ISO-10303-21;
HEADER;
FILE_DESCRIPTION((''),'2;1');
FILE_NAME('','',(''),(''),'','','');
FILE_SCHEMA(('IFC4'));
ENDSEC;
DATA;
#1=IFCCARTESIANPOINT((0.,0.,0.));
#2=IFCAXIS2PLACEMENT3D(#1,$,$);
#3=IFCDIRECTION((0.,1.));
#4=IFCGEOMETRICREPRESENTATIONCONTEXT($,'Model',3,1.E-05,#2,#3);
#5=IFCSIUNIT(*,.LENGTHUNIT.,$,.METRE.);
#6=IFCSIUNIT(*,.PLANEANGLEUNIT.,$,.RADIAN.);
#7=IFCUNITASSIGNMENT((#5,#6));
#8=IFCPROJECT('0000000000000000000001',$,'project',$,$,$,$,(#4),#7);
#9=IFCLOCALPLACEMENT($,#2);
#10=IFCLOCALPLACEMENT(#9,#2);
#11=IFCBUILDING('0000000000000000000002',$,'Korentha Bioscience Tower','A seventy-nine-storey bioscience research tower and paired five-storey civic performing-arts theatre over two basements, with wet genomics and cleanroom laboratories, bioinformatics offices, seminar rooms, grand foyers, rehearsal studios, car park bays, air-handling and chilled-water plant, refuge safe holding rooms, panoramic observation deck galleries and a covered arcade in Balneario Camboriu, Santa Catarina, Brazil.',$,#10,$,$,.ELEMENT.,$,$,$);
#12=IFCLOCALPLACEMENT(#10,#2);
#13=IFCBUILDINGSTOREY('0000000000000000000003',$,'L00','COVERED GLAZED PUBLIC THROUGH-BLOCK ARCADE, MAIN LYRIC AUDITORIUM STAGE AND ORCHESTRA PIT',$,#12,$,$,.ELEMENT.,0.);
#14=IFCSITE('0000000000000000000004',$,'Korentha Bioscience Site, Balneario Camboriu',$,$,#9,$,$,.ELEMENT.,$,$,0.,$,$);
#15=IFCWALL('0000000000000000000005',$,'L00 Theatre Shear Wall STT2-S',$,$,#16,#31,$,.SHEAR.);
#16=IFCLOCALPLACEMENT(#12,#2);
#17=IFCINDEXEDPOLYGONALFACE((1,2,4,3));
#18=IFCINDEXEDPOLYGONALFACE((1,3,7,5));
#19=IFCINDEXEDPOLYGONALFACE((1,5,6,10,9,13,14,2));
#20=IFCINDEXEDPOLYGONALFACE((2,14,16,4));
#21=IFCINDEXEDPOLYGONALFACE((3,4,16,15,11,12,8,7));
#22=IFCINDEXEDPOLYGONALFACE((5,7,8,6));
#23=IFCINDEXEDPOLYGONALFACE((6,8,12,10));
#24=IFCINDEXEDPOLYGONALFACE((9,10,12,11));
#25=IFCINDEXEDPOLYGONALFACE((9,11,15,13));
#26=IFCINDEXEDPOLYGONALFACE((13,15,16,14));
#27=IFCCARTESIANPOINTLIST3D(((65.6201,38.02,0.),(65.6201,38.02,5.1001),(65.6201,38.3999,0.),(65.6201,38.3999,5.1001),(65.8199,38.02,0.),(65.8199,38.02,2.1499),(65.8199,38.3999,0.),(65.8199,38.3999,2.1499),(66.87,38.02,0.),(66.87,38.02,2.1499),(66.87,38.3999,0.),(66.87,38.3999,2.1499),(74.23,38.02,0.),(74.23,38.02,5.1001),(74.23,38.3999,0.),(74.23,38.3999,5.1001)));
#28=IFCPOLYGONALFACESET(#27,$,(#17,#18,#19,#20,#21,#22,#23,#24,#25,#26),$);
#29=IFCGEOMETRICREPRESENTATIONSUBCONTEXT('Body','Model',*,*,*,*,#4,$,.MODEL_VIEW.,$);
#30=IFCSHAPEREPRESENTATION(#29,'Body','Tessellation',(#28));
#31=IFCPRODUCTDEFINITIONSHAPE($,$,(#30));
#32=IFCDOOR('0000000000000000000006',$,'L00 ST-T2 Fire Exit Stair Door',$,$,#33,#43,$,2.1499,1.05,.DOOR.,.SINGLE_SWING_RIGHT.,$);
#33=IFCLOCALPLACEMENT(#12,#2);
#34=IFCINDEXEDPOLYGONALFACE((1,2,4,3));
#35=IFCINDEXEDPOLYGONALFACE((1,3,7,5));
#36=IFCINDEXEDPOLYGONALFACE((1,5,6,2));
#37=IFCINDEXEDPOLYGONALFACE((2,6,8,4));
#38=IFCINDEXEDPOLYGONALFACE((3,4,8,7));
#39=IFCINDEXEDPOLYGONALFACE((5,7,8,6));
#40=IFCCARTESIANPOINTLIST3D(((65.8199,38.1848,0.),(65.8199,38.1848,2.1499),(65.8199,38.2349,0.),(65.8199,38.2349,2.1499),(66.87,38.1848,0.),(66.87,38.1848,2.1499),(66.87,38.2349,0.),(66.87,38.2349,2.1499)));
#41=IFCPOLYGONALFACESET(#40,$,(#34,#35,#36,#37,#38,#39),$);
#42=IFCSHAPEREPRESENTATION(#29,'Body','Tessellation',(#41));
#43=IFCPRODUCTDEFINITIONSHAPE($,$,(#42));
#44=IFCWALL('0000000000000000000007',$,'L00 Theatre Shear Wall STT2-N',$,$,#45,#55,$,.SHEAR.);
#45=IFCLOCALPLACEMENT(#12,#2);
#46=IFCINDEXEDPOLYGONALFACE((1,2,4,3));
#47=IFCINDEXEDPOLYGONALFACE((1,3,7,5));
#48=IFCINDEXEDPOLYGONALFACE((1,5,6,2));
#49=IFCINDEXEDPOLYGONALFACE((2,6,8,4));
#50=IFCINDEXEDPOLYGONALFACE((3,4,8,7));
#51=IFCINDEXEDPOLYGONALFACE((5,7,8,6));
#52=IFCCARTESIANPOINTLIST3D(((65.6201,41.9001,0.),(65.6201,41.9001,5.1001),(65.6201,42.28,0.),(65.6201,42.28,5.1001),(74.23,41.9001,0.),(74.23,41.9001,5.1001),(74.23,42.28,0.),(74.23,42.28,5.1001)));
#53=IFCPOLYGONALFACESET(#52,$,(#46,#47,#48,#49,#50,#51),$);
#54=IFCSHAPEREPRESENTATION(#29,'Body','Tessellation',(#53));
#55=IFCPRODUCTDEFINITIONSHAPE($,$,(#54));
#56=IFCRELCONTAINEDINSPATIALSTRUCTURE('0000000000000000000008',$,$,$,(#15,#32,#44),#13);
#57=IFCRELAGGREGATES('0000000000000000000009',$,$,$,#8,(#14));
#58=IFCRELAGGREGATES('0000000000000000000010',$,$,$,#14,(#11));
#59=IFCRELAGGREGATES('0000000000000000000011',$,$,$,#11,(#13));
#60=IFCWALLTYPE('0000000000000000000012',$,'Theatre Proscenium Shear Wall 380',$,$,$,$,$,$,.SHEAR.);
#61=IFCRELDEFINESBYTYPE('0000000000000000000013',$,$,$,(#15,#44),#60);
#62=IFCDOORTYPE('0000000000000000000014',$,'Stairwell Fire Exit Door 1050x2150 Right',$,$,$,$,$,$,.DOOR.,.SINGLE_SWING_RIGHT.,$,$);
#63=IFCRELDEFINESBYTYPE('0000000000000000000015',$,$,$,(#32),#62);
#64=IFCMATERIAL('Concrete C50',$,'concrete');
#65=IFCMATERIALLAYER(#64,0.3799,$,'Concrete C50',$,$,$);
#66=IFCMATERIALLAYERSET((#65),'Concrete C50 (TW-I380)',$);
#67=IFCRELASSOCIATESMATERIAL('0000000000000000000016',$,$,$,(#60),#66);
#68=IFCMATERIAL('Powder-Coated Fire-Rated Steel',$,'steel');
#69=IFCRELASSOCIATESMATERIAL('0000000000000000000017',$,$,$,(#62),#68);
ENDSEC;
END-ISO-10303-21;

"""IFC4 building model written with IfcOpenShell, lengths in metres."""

from ifc_helpers import new_model, si_unit, direction, frame, frame_2d, origin, place, context, subcontext, project, spatial, rectangle, extrude, material, layer, layer_set, type_object, element, fill, save


model = new_model("IFC4")

# Units and contexts
model_context = context("Model", 3, precision=1e-05, world=origin(), true_north=direction((0.0, 1.0)))
body_context = subcontext(model_context, "Body", "Model", "MODEL_VIEW")
ifc_project = project(units=[si_unit("LENGTHUNIT", "METRE"), si_unit("PLANEANGLEUNIT", "RADIAN")], contexts=[model_context])

# Site, building, storey
site_placement = place(None, origin())
site = spatial("IfcSite", under=ifc_project, at=site_placement, Name="Korentha Bioscience Site, Balneario Camboriu", CompositionType="ELEMENT", RefElevation=0.0)
building_placement = place(site_placement, origin())
building = spatial("IfcBuilding", under=site, at=building_placement, Name="Korentha Bioscience Tower", Description="A seventy-nine-storey bioscience research tower and paired five-storey civic performing-arts theatre over two basements, with wet genomics and cleanroom laboratories, bioinformatics offices, seminar rooms, grand foyers, rehearsal studios, car park bays, air-handling and chilled-water plant, refuge safe holding rooms, panoramic observation deck galleries and a covered arcade in Balneario Camboriu, Santa Catarina, Brazil.", CompositionType="ELEMENT")
storey_placement = place(building_placement, origin())
storey = spatial("IfcBuildingStorey", under=building, at=storey_placement, Name="L00", Description="COVERED GLAZED PUBLIC THROUGH-BLOCK ARCADE, MAIN LYRIC AUDITORIUM STAGE AND ORCHESTRA PIT", CompositionType="ELEMENT", Elevation=0.0)

# Wall, opening, door
ifc_material_1 = material(Name="Concrete C50", Category="concrete")
ifc_layer_1 = layer(ifc_material_1, 0.3799, Name="Concrete C50")
ifc_layer_set_1 = layer_set([ifc_layer_1], Name="Concrete C50 (TW-I380)")
wall_type_1 = type_object("IfcWallType", Name="Theatre Proscenium Shear Wall 380", PredefinedType="SHEAR", material=ifc_layer_set_1)
wall_1_placement = place(storey_placement, frame((65.6201, 38.21, 0.0), z_axis=(0.0, 0.0, 1.0), x_axis=(1.0, 0.0, 0.0)))
wall_1 = element("IfcWall", 1, at=wall_1_placement, inside=storey, type_object=wall_type_1, Name="L00 Theatre Shear Wall STT2-S", PredefinedType="SHEAR", context=body_context, shape_type="SweptSolid", body=[
    extrude(rectangle(XDim=8.6099, YDim=0.3799, at=frame_2d((4.3049, 0.0))), origin(), (0.0, 0.0, 1.0), 5.1001),
])
opening_1_placement = place(wall_1_placement, frame((0.2, 0.0, 0.0)))
opening_1 = element("IfcOpeningElement", 2, at=opening_1_placement, cuts=wall_1, PredefinedType="OPENING", context=body_context, shape_type="SweptSolid", body=[
    extrude(rectangle(XDim=1.05, YDim=2.1499, at=frame_2d((0.5249, 1.075))), frame((0.0, 0.2048, 0.0), z_axis=(0.0, -1.0, 0.0), x_axis=(1.0, 0.0, 0.0)), (0.0, 0.0, 1.0), 0.4097),
])
ifc_material_2 = material(Name="Powder-Coated Fire-Rated Steel", Category="steel")
door_type_1 = type_object("IfcDoorType", Name="Stairwell Fire Exit Door 1050x2150 Right", OperationType="SINGLE_SWING_RIGHT", PredefinedType="DOOR", material=ifc_material_2)
door_1_placement = place(opening_1_placement, origin())
door_1 = element("IfcDoor", 3, at=door_1_placement, inside=storey, type_object=door_type_1, Name="L00 ST-T2 Fire Exit Stair Door", OperationType="SINGLE_SWING_RIGHT", OverallHeight=2.1499, OverallWidth=1.05, PredefinedType="DOOR", context=body_context, shape_type="SweptSolid", body=[
    extrude(rectangle(XDim=1.05, YDim=2.1499, at=frame_2d((0.5249, 1.075))), frame((0.0, 0.0249, 0.0), z_axis=(0.0, -1.0, 0.0), x_axis=(1.0, 0.0, 0.0)), (0.0, 0.0, 1.0), 0.05),
])
fill(opening_1, door_1)

# Wall
wall_2_placement = place(storey_placement, frame((65.6201, 42.0901, 0.0), z_axis=(0.0, 0.0, 1.0), x_axis=(1.0, 0.0, 0.0)))
element("IfcWall", 4, at=wall_2_placement, inside=storey, type_object=wall_type_1, Name="L00 Theatre Shear Wall STT2-N", PredefinedType="SHEAR", context=body_context, shape_type="SweptSolid", body=[
    extrude(rectangle(XDim=8.6099, YDim=0.3799, at=frame_2d((4.3049, 0.0))), origin(), (0.0, 0.0, 1.0), 5.1001),
])

save(model, "model.ifc")
